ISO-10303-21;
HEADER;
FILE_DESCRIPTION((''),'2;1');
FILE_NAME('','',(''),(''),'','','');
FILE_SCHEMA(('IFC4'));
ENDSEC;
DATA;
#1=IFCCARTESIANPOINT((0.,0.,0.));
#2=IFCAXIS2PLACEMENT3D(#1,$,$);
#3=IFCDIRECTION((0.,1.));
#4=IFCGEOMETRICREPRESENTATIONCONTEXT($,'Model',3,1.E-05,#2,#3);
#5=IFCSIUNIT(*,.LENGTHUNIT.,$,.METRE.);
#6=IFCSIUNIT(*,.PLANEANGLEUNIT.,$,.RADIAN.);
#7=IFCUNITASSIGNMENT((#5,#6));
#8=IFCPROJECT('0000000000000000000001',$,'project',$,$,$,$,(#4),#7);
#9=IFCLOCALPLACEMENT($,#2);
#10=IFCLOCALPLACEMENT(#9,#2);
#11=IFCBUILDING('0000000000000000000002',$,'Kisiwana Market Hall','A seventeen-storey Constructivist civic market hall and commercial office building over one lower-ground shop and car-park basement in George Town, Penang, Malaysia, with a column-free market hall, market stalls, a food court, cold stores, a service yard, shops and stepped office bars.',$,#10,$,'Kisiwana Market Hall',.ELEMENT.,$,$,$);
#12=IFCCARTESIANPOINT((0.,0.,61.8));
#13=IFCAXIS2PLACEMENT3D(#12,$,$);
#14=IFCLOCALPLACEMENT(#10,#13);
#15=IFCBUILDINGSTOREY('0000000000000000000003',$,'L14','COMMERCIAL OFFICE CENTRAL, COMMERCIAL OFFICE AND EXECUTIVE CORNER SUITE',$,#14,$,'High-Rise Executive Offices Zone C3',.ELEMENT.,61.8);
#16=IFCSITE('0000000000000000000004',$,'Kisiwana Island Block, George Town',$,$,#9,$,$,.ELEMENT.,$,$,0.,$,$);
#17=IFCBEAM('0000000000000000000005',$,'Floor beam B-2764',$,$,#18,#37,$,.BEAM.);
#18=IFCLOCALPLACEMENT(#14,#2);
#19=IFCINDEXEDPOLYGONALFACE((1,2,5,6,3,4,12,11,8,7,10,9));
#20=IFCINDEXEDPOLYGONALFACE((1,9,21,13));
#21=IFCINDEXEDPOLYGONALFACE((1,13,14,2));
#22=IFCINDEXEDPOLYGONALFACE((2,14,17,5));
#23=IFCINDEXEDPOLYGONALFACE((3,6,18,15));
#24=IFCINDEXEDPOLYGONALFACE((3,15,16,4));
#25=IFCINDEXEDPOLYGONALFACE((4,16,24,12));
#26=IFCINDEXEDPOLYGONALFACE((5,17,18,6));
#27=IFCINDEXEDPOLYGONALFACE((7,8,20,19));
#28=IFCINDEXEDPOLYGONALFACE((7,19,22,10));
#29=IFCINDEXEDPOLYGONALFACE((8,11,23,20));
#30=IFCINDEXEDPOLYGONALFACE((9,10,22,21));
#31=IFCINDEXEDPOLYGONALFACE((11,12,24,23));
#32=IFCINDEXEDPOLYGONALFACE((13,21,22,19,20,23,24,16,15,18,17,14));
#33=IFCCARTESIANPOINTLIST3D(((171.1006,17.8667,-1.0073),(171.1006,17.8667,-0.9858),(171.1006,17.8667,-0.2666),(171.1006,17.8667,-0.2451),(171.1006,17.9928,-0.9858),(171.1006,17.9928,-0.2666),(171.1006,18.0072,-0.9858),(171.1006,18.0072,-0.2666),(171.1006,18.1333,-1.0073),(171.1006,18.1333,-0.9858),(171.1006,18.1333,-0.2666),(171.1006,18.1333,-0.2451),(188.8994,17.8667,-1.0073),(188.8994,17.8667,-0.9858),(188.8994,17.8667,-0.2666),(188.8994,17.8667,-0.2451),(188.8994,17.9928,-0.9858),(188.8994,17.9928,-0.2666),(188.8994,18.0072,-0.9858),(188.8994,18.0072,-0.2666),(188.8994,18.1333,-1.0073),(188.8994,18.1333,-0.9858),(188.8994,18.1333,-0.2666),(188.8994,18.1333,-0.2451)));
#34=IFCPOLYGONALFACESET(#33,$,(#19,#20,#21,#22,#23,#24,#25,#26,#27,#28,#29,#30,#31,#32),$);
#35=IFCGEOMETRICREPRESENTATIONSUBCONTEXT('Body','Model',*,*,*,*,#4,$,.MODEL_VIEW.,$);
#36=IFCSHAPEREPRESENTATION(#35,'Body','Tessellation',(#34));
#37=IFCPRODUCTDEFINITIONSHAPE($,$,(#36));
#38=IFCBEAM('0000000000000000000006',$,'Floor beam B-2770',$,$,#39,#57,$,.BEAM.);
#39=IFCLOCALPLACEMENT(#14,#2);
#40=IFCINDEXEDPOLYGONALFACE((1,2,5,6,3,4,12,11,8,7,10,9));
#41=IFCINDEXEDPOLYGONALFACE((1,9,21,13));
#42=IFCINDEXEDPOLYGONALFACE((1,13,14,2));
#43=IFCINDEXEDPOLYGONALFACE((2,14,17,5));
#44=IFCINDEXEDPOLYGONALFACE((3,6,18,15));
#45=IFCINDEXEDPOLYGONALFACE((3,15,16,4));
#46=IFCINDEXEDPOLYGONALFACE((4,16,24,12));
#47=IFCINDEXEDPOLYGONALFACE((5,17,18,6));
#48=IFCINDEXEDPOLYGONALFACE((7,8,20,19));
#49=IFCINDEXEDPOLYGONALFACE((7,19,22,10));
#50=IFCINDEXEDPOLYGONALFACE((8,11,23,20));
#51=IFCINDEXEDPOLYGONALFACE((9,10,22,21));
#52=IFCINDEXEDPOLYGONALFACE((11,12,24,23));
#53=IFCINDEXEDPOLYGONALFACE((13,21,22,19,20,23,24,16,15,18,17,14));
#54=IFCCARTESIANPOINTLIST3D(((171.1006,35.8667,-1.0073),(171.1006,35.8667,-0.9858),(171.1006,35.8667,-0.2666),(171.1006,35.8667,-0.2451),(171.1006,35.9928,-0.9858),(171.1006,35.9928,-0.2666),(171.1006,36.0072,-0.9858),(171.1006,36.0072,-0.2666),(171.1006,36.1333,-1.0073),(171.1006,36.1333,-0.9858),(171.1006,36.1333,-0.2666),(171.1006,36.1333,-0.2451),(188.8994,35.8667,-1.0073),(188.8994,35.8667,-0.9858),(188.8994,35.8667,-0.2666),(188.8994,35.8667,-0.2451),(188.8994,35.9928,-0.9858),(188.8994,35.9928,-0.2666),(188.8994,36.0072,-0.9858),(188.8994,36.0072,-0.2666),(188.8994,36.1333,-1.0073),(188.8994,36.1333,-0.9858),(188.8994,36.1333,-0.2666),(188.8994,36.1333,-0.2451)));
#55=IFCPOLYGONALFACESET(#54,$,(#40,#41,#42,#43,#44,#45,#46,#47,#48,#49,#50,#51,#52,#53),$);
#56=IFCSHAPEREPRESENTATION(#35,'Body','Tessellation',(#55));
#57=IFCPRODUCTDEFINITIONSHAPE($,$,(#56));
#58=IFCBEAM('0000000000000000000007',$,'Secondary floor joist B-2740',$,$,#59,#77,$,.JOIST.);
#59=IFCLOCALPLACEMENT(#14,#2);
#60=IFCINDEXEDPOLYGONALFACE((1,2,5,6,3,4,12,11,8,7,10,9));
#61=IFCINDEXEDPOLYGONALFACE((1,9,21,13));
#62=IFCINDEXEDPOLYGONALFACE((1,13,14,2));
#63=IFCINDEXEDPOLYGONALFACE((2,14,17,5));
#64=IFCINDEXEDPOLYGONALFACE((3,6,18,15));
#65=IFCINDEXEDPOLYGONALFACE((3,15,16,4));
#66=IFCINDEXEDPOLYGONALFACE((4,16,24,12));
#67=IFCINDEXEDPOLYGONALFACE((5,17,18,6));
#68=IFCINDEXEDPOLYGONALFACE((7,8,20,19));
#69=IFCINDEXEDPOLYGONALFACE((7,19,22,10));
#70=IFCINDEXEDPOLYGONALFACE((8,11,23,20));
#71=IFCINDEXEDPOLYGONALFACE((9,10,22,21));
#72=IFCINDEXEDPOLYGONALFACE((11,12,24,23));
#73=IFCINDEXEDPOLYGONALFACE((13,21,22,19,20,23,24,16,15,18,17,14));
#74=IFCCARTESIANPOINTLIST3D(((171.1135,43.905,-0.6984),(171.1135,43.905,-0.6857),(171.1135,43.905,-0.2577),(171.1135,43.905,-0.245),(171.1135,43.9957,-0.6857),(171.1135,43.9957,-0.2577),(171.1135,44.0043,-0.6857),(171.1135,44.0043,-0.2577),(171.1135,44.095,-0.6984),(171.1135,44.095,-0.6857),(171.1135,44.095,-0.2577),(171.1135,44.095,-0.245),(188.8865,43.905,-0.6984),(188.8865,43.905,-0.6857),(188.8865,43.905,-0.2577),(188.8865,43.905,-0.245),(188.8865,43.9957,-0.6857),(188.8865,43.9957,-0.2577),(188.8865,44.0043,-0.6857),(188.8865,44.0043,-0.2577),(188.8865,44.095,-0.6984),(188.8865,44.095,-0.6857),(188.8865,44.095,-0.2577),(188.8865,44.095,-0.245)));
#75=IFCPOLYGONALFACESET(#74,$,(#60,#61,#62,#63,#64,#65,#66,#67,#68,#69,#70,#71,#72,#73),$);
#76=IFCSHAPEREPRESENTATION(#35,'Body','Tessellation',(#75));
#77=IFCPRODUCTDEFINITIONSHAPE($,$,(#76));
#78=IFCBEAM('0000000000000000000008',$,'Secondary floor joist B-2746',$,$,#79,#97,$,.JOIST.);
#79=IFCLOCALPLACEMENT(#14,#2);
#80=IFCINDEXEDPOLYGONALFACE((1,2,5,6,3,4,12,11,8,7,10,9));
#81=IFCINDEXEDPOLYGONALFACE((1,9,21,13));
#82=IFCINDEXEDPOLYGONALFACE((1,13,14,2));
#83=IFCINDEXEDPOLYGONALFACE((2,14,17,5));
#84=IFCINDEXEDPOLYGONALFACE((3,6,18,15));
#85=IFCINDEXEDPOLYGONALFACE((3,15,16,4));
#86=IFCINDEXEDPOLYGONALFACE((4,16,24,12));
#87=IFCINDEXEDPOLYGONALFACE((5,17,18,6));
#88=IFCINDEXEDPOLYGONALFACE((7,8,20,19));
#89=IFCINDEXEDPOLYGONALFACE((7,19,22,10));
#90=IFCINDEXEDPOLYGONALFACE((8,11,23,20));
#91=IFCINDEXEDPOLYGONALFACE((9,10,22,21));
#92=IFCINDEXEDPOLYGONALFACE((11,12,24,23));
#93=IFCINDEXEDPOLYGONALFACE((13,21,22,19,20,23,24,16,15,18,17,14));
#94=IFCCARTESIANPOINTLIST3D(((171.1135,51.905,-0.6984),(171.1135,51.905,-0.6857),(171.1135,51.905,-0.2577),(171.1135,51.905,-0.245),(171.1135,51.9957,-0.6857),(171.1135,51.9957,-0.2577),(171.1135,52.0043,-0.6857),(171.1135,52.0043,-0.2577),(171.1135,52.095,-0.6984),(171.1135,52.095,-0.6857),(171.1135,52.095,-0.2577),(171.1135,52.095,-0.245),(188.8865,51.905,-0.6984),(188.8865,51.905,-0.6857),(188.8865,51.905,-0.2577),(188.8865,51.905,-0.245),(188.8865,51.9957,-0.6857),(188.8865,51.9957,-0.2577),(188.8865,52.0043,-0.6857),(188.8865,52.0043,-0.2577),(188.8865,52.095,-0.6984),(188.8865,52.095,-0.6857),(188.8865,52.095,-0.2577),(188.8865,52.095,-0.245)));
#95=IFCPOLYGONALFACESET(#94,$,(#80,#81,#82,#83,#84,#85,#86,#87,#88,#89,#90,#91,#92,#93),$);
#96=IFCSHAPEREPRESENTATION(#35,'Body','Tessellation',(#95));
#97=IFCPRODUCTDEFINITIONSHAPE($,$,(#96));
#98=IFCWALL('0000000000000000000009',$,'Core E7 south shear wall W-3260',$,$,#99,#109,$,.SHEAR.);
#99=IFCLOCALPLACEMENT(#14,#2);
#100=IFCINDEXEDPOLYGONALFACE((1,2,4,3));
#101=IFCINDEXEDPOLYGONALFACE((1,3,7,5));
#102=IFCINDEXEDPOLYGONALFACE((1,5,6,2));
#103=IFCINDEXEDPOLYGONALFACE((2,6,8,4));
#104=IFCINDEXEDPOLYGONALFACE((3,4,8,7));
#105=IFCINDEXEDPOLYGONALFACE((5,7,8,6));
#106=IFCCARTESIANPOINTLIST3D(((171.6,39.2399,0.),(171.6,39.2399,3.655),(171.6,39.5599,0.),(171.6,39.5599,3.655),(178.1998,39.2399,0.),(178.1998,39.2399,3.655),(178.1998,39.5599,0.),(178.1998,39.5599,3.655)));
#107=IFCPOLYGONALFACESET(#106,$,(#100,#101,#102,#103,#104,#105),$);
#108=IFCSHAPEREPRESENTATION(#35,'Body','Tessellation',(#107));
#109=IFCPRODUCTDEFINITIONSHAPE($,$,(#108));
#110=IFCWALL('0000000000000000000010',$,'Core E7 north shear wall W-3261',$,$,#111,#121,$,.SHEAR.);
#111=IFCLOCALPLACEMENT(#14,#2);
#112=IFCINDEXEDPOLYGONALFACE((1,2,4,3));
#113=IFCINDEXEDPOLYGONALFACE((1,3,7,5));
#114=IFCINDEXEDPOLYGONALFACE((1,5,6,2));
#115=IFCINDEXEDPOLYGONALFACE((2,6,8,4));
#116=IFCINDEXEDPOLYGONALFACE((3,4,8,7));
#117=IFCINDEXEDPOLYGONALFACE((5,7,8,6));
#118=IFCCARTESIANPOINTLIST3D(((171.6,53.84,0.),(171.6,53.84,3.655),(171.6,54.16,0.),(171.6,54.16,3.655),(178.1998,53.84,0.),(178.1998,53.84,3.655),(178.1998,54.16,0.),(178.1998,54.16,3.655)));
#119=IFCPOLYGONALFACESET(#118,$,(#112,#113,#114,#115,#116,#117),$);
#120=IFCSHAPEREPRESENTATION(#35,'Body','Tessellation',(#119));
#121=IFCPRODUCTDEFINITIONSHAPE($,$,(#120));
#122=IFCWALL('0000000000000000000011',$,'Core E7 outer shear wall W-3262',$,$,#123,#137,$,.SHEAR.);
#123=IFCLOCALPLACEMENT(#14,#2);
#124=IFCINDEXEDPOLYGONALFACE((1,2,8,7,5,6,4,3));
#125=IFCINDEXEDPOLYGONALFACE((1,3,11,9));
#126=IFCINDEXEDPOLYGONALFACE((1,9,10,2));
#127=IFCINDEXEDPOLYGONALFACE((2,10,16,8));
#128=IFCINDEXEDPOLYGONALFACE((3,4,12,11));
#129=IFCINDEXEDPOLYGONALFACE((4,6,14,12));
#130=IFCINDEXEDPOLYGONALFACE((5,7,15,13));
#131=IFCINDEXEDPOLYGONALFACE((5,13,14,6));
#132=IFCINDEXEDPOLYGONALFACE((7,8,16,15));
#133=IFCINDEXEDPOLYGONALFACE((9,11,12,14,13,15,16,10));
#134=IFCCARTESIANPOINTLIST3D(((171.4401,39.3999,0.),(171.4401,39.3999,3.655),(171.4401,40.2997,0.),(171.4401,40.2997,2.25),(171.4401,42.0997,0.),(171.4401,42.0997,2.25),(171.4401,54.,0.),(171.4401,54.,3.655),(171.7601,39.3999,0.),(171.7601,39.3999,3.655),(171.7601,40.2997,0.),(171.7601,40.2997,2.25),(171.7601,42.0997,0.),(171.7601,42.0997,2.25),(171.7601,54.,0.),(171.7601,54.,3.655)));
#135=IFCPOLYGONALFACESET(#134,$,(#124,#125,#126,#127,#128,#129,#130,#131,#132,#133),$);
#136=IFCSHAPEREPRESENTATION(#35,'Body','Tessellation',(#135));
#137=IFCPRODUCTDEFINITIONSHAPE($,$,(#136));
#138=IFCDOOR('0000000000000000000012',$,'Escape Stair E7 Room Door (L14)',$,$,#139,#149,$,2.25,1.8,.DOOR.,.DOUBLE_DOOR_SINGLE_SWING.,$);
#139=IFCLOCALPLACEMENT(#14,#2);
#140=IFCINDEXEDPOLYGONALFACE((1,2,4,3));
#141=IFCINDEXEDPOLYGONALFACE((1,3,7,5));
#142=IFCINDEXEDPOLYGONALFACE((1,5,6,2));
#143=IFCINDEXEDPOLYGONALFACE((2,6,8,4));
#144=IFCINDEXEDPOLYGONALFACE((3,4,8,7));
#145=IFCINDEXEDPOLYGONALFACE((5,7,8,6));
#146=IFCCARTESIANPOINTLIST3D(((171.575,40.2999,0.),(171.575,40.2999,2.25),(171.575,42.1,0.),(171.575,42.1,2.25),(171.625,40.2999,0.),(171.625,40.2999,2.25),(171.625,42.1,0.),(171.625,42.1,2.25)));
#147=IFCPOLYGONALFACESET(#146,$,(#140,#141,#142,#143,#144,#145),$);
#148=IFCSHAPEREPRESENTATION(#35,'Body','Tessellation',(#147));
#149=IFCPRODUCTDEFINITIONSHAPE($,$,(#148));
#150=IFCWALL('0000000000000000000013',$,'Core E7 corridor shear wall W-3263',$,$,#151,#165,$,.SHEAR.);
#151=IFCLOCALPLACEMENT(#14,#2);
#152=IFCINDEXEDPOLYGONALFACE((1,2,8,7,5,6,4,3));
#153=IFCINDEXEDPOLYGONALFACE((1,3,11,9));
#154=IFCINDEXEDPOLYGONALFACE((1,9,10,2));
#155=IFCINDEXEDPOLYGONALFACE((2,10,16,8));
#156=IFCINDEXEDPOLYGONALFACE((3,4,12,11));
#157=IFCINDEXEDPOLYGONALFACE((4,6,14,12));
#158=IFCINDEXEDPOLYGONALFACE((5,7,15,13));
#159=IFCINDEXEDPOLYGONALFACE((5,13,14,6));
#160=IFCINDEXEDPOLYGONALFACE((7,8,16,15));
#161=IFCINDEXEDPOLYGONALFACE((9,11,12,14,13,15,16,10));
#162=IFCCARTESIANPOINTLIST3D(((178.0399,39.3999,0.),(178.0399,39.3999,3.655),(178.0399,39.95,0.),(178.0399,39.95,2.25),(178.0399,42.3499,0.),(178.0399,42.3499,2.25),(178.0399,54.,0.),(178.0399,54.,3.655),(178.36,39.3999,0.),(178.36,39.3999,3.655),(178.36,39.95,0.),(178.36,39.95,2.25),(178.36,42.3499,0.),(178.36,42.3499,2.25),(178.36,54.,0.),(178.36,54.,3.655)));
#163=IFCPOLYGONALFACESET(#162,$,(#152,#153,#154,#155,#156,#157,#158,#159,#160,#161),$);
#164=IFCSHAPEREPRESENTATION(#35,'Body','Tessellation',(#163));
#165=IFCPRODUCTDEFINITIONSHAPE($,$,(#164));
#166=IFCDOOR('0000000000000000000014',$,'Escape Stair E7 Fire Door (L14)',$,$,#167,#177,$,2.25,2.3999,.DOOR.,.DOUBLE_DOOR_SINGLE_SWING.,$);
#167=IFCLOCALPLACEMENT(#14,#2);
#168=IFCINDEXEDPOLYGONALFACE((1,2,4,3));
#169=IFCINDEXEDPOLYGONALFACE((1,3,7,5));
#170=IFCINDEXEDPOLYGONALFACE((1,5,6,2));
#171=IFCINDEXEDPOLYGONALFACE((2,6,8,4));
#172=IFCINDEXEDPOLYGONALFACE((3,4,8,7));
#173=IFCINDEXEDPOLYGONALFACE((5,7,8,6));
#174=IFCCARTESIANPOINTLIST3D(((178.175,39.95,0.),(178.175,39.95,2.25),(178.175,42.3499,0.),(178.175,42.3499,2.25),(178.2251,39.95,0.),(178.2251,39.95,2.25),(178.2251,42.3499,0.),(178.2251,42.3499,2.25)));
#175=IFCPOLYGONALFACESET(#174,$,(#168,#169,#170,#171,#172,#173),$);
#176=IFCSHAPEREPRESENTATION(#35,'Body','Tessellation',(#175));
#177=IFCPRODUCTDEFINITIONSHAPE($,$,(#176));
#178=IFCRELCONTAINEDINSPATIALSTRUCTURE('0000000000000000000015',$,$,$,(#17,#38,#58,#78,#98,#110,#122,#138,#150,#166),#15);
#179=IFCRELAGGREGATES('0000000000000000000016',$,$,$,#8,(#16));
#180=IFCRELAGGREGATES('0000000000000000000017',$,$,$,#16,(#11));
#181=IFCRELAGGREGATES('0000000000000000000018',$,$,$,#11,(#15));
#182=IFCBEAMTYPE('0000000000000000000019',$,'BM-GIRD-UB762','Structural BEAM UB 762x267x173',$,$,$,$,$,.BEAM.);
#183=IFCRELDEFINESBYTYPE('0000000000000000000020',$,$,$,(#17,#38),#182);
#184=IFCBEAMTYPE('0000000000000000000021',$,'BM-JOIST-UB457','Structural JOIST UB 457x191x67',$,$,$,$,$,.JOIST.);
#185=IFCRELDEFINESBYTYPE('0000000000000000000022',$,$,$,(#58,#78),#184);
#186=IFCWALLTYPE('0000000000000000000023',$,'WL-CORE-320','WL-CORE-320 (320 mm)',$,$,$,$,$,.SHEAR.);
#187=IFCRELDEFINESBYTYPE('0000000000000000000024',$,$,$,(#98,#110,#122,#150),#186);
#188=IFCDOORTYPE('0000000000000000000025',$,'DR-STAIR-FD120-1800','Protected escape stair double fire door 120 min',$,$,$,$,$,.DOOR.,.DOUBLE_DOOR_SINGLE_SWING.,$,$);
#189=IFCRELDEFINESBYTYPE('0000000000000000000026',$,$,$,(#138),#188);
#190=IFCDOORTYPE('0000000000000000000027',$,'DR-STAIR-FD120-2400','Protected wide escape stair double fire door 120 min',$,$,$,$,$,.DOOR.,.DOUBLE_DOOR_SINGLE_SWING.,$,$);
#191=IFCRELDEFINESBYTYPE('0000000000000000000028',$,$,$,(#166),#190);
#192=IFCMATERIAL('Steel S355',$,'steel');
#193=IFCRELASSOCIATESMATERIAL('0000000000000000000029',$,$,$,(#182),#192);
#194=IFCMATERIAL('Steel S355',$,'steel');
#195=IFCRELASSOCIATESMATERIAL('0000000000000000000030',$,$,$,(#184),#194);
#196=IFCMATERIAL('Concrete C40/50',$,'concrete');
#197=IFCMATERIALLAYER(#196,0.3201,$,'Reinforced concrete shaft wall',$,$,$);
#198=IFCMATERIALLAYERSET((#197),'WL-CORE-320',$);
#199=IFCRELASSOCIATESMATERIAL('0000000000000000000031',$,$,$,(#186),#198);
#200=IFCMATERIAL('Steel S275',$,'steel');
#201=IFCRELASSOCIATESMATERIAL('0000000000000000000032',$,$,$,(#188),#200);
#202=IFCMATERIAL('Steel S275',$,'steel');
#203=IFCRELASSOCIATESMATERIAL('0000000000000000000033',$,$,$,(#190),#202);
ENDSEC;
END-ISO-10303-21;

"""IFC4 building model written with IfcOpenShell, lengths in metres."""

from ifc_helpers import new_model, si_unit, direction, frame, frame_2d, origin, origin_2d, place, context, subcontext, project, spatial, rectangle, i_section, extrude, material, layer, layer_set, material_profile, profile_set, type_object, element, fill, save


model = new_model("IFC4")

# Units and contexts
model_context = context("Model", 3, precision=1e-05, world=origin(), true_north=direction((0.0, 1.0)))
body_context = subcontext(model_context, "Body", "Model", "MODEL_VIEW")
ifc_project = project(units=[si_unit("LENGTHUNIT", "METRE"), si_unit("PLANEANGLEUNIT", "RADIAN")], contexts=[model_context])

# Site, building, storey
site_placement = place(None, origin())
site = spatial("IfcSite", under=ifc_project, at=site_placement, Name="Kisiwana Island Block, George Town", CompositionType="ELEMENT", RefElevation=0.0)
building_placement = place(site_placement, origin())
building = spatial("IfcBuilding", under=site, at=building_placement, Name="Kisiwana Market Hall", Description="A seventeen-storey Constructivist civic market hall and commercial office building over one lower-ground shop and car-park basement in George Town, Penang, Malaysia, with a column-free market hall, market stalls, a food court, cold stores, a service yard, shops and stepped office bars.", LongName="Kisiwana Market Hall", CompositionType="ELEMENT")
storey_placement = place(building_placement, frame((0.0, 0.0, 61.8)))
storey = spatial("IfcBuildingStorey", under=building, at=storey_placement, Name="L14", Description="COMMERCIAL OFFICE CENTRAL, COMMERCIAL OFFICE AND EXECUTIVE CORNER SUITE", LongName="High-Rise Executive Offices Zone C3", CompositionType="ELEMENT", Elevation=61.8)

# Beams
ifc_material_1 = material(Name="Steel S355", Category="steel")
ifc_material_profile_1 = material_profile(ifc_material_1, i_section(OverallWidth=0.2666, OverallDepth=0.7622, WebThickness=0.0144, FlangeThickness=0.0215, at=origin_2d()), Name="UB 762x267x173")
ifc_profile_set_1 = profile_set([ifc_material_profile_1], Name="Steel S355")
beam_type_1 = type_object("IfcBeamType", Name="BM-GIRD-UB762", Description="Structural BEAM UB 762x267x173", PredefinedType="BEAM", material=ifc_profile_set_1)
for number, where, z_axis, x_axis, name in (
    (1, (171.1006, 18.0, -0.6262), (1.0, 0.0, 0.0), (0.0, 1.0, 0.0), "Floor beam B-2764"),
    (2, (171.1006, 36.0, -0.6262), (1.0, 0.0, 0.0), (0.0, 1.0, 0.0), "Floor beam B-2770"),
):
    element("IfcBeam", number, at=place(storey_placement, frame(where, z_axis=z_axis, x_axis=x_axis)), inside=storey, type_object=beam_type_1, Name=name, PredefinedType="BEAM", context=body_context, shape_type="SweptSolid", body=[
        extrude(i_section(OverallWidth=0.2666, OverallDepth=0.7622, WebThickness=0.0144, FlangeThickness=0.0215, at=origin_2d()), origin(), (0.0, 0.0, 1.0), 17.7988),
    ])
ifc_material_2 = material(Name="Steel S355", Category="steel")
ifc_material_profile_2 = material_profile(ifc_material_2, i_section(OverallWidth=0.1899, OverallDepth=0.4534, WebThickness=0.0085, FlangeThickness=0.0127, at=origin_2d()), Name="UB 457x191x67")
ifc_profile_set_2 = profile_set([ifc_material_profile_2], Name="Steel S355")
beam_type_2 = type_object("IfcBeamType", Name="BM-JOIST-UB457", Description="Structural JOIST UB 457x191x67", PredefinedType="JOIST", material=ifc_profile_set_2)
for number, where, z_axis, x_axis, name in (
    (3, (171.1135, 44.0, -0.4717), (1.0, 0.0, 0.0), (0.0, 1.0, 0.0), "Secondary floor joist B-2740"),
    (4, (171.1135, 52.0, -0.4717), (1.0, 0.0, 0.0), (0.0, 1.0, 0.0), "Secondary floor joist B-2746"),
):
    element("IfcBeam", number, at=place(storey_placement, frame(where, z_axis=z_axis, x_axis=x_axis)), inside=storey, type_object=beam_type_2, Name=name, PredefinedType="JOIST", context=body_context, shape_type="SweptSolid", body=[
        extrude(i_section(OverallWidth=0.1899, OverallDepth=0.4534, WebThickness=0.0085, FlangeThickness=0.0127, at=origin_2d()), origin(), (0.0, 0.0, 1.0), 17.7729),
    ])

# Walls
ifc_material_3 = material(Name="Concrete C40/50", Category="concrete")
ifc_layer_1 = layer(ifc_material_3, 0.3201, Name="Reinforced concrete shaft wall")
ifc_layer_set_1 = layer_set([ifc_layer_1], Name="WL-CORE-320")
wall_type_1 = type_object("IfcWallType", Name="WL-CORE-320", Description="WL-CORE-320 (320 mm)", PredefinedType="SHEAR", material=ifc_layer_set_1)
for number, where, z_axis, x_axis, name in (
    (5, (171.6001, 39.3999, 0.0), (0.0, 0.0, 1.0), (1.0, 0.0, 0.0), "Core E7 south shear wall W-3260"),
    (6, (171.6001, 54.0, 0.0), (0.0, 0.0, 1.0), (1.0, 0.0, 0.0), "Core E7 north shear wall W-3261"),
):
    element("IfcWall", number, at=place(storey_placement, frame(where, z_axis=z_axis, x_axis=x_axis)), inside=storey, type_object=wall_type_1, Name=name, PredefinedType="SHEAR", context=body_context, shape_type="SweptSolid", body=[
        extrude(rectangle(XDim=6.5999, YDim=0.3201, at=frame_2d((3.2998, 0.0))), origin(), (0.0, 0.0, 1.0), 3.655),
    ])

# Walls, openings, doors
wall_1_placement = place(storey_placement, frame((171.6001, 39.3999, 0.0), z_axis=(0.0, 0.0, 1.0), x_axis=(0.0, 1.0, 0.0)))
wall_1 = element("IfcWall", 7, at=wall_1_placement, inside=storey, type_object=wall_type_1, Name="Core E7 outer shear wall W-3262", PredefinedType="SHEAR", context=body_context, shape_type="SweptSolid", body=[
    extrude(rectangle(XDim=14.6001, YDim=0.3201, at=frame_2d((7.3, 0.0))), origin(), (0.0, 0.0, 1.0), 3.655),
])
opening_1_placement = place(wall_1_placement, frame((0.8999, 0.0, 0.0)))
opening_1 = element("IfcOpeningElement", 8, at=opening_1_placement, cuts=wall_1, PredefinedType="OPENING", context=body_context, shape_type="SweptSolid", body=[
    extrude(rectangle(XDim=1.8, YDim=2.25, at=frame_2d((0.8999, 1.125))), frame((0.0, 0.1719, 0.0), z_axis=(0.0, -1.0, 0.0), x_axis=(1.0, 0.0, 0.0)), (0.0, 0.0, 1.0), 0.344),
])
ifc_material_4 = material(Name="Steel S275", Category="steel")
door_type_1 = type_object("IfcDoorType", Name="DR-STAIR-FD120-1800", Description="Protected escape stair double fire door 120 min", OperationType="DOUBLE_DOOR_SINGLE_SWING", PredefinedType="DOOR", material=ifc_material_4)
door_1_placement = place(opening_1_placement, frame((1.8, 0.0, 0.0), z_axis=(0.0, 0.0, 1.0), x_axis=(-1.0, 0.0, 0.0)))
door_1 = element("IfcDoor", 9, at=door_1_placement, inside=storey, type_object=door_type_1, Name="Escape Stair E7 Room Door (L14)", OperationType="DOUBLE_DOOR_SINGLE_SWING", OverallHeight=2.25, OverallWidth=1.8, PredefinedType="DOOR", context=body_context, shape_type="SweptSolid", body=[
    extrude(rectangle(XDim=1.8, YDim=2.25, at=frame_2d((0.8999, 1.125))), frame((0.0, 0.0249, 0.0), z_axis=(0.0, -1.0, 0.0), x_axis=(1.0, 0.0, 0.0)), (0.0, 0.0, 1.0), 0.05),
])
fill(opening_1, door_1)
wall_2_placement = place(storey_placement, frame((178.2, 39.3999, 0.0), z_axis=(0.0, 0.0, 1.0), x_axis=(0.0, 1.0, 0.0)))
wall_2 = element("IfcWall", 10, at=wall_2_placement, inside=storey, type_object=wall_type_1, Name="Core E7 corridor shear wall W-3263", PredefinedType="SHEAR", context=body_context, shape_type="SweptSolid", body=[
    extrude(rectangle(XDim=14.6001, YDim=0.3201, at=frame_2d((7.3, 0.0))), origin(), (0.0, 0.0, 1.0), 3.655),
])
opening_2_placement = place(wall_2_placement, frame((0.55, 0.0, 0.0)))
opening_2 = element("IfcOpeningElement", 11, at=opening_2_placement, cuts=wall_2, PredefinedType="OPENING", context=body_context, shape_type="SweptSolid", body=[
    extrude(rectangle(XDim=2.3999, YDim=2.25, at=frame_2d((1.2, 1.125))), frame((0.0, 0.1719, 0.0), z_axis=(0.0, -1.0, 0.0), x_axis=(1.0, 0.0, 0.0)), (0.0, 0.0, 1.0), 0.344),
])
ifc_material_5 = material(Name="Steel S275", Category="steel")
door_type_2 = type_object("IfcDoorType", Name="DR-STAIR-FD120-2400", Description="Protected wide escape stair double fire door 120 min", OperationType="DOUBLE_DOOR_SINGLE_SWING", PredefinedType="DOOR", material=ifc_material_5)
door_2_placement = place(opening_2_placement, origin())
door_2 = element("IfcDoor", 12, at=door_2_placement, inside=storey, type_object=door_type_2, Name="Escape Stair E7 Fire Door (L14)", OperationType="DOUBLE_DOOR_SINGLE_SWING", OverallHeight=2.25, OverallWidth=2.3999, PredefinedType="DOOR", context=body_context, shape_type="SweptSolid", body=[
    extrude(rectangle(XDim=2.3999, YDim=2.25, at=frame_2d((1.2, 1.125))), frame((0.0, 0.0249, 0.0), z_axis=(0.0, -1.0, 0.0), x_axis=(1.0, 0.0, 0.0)), (0.0, 0.0, 1.0), 0.05),
])
fill(opening_2, door_2)

save(model, "model.ifc")
